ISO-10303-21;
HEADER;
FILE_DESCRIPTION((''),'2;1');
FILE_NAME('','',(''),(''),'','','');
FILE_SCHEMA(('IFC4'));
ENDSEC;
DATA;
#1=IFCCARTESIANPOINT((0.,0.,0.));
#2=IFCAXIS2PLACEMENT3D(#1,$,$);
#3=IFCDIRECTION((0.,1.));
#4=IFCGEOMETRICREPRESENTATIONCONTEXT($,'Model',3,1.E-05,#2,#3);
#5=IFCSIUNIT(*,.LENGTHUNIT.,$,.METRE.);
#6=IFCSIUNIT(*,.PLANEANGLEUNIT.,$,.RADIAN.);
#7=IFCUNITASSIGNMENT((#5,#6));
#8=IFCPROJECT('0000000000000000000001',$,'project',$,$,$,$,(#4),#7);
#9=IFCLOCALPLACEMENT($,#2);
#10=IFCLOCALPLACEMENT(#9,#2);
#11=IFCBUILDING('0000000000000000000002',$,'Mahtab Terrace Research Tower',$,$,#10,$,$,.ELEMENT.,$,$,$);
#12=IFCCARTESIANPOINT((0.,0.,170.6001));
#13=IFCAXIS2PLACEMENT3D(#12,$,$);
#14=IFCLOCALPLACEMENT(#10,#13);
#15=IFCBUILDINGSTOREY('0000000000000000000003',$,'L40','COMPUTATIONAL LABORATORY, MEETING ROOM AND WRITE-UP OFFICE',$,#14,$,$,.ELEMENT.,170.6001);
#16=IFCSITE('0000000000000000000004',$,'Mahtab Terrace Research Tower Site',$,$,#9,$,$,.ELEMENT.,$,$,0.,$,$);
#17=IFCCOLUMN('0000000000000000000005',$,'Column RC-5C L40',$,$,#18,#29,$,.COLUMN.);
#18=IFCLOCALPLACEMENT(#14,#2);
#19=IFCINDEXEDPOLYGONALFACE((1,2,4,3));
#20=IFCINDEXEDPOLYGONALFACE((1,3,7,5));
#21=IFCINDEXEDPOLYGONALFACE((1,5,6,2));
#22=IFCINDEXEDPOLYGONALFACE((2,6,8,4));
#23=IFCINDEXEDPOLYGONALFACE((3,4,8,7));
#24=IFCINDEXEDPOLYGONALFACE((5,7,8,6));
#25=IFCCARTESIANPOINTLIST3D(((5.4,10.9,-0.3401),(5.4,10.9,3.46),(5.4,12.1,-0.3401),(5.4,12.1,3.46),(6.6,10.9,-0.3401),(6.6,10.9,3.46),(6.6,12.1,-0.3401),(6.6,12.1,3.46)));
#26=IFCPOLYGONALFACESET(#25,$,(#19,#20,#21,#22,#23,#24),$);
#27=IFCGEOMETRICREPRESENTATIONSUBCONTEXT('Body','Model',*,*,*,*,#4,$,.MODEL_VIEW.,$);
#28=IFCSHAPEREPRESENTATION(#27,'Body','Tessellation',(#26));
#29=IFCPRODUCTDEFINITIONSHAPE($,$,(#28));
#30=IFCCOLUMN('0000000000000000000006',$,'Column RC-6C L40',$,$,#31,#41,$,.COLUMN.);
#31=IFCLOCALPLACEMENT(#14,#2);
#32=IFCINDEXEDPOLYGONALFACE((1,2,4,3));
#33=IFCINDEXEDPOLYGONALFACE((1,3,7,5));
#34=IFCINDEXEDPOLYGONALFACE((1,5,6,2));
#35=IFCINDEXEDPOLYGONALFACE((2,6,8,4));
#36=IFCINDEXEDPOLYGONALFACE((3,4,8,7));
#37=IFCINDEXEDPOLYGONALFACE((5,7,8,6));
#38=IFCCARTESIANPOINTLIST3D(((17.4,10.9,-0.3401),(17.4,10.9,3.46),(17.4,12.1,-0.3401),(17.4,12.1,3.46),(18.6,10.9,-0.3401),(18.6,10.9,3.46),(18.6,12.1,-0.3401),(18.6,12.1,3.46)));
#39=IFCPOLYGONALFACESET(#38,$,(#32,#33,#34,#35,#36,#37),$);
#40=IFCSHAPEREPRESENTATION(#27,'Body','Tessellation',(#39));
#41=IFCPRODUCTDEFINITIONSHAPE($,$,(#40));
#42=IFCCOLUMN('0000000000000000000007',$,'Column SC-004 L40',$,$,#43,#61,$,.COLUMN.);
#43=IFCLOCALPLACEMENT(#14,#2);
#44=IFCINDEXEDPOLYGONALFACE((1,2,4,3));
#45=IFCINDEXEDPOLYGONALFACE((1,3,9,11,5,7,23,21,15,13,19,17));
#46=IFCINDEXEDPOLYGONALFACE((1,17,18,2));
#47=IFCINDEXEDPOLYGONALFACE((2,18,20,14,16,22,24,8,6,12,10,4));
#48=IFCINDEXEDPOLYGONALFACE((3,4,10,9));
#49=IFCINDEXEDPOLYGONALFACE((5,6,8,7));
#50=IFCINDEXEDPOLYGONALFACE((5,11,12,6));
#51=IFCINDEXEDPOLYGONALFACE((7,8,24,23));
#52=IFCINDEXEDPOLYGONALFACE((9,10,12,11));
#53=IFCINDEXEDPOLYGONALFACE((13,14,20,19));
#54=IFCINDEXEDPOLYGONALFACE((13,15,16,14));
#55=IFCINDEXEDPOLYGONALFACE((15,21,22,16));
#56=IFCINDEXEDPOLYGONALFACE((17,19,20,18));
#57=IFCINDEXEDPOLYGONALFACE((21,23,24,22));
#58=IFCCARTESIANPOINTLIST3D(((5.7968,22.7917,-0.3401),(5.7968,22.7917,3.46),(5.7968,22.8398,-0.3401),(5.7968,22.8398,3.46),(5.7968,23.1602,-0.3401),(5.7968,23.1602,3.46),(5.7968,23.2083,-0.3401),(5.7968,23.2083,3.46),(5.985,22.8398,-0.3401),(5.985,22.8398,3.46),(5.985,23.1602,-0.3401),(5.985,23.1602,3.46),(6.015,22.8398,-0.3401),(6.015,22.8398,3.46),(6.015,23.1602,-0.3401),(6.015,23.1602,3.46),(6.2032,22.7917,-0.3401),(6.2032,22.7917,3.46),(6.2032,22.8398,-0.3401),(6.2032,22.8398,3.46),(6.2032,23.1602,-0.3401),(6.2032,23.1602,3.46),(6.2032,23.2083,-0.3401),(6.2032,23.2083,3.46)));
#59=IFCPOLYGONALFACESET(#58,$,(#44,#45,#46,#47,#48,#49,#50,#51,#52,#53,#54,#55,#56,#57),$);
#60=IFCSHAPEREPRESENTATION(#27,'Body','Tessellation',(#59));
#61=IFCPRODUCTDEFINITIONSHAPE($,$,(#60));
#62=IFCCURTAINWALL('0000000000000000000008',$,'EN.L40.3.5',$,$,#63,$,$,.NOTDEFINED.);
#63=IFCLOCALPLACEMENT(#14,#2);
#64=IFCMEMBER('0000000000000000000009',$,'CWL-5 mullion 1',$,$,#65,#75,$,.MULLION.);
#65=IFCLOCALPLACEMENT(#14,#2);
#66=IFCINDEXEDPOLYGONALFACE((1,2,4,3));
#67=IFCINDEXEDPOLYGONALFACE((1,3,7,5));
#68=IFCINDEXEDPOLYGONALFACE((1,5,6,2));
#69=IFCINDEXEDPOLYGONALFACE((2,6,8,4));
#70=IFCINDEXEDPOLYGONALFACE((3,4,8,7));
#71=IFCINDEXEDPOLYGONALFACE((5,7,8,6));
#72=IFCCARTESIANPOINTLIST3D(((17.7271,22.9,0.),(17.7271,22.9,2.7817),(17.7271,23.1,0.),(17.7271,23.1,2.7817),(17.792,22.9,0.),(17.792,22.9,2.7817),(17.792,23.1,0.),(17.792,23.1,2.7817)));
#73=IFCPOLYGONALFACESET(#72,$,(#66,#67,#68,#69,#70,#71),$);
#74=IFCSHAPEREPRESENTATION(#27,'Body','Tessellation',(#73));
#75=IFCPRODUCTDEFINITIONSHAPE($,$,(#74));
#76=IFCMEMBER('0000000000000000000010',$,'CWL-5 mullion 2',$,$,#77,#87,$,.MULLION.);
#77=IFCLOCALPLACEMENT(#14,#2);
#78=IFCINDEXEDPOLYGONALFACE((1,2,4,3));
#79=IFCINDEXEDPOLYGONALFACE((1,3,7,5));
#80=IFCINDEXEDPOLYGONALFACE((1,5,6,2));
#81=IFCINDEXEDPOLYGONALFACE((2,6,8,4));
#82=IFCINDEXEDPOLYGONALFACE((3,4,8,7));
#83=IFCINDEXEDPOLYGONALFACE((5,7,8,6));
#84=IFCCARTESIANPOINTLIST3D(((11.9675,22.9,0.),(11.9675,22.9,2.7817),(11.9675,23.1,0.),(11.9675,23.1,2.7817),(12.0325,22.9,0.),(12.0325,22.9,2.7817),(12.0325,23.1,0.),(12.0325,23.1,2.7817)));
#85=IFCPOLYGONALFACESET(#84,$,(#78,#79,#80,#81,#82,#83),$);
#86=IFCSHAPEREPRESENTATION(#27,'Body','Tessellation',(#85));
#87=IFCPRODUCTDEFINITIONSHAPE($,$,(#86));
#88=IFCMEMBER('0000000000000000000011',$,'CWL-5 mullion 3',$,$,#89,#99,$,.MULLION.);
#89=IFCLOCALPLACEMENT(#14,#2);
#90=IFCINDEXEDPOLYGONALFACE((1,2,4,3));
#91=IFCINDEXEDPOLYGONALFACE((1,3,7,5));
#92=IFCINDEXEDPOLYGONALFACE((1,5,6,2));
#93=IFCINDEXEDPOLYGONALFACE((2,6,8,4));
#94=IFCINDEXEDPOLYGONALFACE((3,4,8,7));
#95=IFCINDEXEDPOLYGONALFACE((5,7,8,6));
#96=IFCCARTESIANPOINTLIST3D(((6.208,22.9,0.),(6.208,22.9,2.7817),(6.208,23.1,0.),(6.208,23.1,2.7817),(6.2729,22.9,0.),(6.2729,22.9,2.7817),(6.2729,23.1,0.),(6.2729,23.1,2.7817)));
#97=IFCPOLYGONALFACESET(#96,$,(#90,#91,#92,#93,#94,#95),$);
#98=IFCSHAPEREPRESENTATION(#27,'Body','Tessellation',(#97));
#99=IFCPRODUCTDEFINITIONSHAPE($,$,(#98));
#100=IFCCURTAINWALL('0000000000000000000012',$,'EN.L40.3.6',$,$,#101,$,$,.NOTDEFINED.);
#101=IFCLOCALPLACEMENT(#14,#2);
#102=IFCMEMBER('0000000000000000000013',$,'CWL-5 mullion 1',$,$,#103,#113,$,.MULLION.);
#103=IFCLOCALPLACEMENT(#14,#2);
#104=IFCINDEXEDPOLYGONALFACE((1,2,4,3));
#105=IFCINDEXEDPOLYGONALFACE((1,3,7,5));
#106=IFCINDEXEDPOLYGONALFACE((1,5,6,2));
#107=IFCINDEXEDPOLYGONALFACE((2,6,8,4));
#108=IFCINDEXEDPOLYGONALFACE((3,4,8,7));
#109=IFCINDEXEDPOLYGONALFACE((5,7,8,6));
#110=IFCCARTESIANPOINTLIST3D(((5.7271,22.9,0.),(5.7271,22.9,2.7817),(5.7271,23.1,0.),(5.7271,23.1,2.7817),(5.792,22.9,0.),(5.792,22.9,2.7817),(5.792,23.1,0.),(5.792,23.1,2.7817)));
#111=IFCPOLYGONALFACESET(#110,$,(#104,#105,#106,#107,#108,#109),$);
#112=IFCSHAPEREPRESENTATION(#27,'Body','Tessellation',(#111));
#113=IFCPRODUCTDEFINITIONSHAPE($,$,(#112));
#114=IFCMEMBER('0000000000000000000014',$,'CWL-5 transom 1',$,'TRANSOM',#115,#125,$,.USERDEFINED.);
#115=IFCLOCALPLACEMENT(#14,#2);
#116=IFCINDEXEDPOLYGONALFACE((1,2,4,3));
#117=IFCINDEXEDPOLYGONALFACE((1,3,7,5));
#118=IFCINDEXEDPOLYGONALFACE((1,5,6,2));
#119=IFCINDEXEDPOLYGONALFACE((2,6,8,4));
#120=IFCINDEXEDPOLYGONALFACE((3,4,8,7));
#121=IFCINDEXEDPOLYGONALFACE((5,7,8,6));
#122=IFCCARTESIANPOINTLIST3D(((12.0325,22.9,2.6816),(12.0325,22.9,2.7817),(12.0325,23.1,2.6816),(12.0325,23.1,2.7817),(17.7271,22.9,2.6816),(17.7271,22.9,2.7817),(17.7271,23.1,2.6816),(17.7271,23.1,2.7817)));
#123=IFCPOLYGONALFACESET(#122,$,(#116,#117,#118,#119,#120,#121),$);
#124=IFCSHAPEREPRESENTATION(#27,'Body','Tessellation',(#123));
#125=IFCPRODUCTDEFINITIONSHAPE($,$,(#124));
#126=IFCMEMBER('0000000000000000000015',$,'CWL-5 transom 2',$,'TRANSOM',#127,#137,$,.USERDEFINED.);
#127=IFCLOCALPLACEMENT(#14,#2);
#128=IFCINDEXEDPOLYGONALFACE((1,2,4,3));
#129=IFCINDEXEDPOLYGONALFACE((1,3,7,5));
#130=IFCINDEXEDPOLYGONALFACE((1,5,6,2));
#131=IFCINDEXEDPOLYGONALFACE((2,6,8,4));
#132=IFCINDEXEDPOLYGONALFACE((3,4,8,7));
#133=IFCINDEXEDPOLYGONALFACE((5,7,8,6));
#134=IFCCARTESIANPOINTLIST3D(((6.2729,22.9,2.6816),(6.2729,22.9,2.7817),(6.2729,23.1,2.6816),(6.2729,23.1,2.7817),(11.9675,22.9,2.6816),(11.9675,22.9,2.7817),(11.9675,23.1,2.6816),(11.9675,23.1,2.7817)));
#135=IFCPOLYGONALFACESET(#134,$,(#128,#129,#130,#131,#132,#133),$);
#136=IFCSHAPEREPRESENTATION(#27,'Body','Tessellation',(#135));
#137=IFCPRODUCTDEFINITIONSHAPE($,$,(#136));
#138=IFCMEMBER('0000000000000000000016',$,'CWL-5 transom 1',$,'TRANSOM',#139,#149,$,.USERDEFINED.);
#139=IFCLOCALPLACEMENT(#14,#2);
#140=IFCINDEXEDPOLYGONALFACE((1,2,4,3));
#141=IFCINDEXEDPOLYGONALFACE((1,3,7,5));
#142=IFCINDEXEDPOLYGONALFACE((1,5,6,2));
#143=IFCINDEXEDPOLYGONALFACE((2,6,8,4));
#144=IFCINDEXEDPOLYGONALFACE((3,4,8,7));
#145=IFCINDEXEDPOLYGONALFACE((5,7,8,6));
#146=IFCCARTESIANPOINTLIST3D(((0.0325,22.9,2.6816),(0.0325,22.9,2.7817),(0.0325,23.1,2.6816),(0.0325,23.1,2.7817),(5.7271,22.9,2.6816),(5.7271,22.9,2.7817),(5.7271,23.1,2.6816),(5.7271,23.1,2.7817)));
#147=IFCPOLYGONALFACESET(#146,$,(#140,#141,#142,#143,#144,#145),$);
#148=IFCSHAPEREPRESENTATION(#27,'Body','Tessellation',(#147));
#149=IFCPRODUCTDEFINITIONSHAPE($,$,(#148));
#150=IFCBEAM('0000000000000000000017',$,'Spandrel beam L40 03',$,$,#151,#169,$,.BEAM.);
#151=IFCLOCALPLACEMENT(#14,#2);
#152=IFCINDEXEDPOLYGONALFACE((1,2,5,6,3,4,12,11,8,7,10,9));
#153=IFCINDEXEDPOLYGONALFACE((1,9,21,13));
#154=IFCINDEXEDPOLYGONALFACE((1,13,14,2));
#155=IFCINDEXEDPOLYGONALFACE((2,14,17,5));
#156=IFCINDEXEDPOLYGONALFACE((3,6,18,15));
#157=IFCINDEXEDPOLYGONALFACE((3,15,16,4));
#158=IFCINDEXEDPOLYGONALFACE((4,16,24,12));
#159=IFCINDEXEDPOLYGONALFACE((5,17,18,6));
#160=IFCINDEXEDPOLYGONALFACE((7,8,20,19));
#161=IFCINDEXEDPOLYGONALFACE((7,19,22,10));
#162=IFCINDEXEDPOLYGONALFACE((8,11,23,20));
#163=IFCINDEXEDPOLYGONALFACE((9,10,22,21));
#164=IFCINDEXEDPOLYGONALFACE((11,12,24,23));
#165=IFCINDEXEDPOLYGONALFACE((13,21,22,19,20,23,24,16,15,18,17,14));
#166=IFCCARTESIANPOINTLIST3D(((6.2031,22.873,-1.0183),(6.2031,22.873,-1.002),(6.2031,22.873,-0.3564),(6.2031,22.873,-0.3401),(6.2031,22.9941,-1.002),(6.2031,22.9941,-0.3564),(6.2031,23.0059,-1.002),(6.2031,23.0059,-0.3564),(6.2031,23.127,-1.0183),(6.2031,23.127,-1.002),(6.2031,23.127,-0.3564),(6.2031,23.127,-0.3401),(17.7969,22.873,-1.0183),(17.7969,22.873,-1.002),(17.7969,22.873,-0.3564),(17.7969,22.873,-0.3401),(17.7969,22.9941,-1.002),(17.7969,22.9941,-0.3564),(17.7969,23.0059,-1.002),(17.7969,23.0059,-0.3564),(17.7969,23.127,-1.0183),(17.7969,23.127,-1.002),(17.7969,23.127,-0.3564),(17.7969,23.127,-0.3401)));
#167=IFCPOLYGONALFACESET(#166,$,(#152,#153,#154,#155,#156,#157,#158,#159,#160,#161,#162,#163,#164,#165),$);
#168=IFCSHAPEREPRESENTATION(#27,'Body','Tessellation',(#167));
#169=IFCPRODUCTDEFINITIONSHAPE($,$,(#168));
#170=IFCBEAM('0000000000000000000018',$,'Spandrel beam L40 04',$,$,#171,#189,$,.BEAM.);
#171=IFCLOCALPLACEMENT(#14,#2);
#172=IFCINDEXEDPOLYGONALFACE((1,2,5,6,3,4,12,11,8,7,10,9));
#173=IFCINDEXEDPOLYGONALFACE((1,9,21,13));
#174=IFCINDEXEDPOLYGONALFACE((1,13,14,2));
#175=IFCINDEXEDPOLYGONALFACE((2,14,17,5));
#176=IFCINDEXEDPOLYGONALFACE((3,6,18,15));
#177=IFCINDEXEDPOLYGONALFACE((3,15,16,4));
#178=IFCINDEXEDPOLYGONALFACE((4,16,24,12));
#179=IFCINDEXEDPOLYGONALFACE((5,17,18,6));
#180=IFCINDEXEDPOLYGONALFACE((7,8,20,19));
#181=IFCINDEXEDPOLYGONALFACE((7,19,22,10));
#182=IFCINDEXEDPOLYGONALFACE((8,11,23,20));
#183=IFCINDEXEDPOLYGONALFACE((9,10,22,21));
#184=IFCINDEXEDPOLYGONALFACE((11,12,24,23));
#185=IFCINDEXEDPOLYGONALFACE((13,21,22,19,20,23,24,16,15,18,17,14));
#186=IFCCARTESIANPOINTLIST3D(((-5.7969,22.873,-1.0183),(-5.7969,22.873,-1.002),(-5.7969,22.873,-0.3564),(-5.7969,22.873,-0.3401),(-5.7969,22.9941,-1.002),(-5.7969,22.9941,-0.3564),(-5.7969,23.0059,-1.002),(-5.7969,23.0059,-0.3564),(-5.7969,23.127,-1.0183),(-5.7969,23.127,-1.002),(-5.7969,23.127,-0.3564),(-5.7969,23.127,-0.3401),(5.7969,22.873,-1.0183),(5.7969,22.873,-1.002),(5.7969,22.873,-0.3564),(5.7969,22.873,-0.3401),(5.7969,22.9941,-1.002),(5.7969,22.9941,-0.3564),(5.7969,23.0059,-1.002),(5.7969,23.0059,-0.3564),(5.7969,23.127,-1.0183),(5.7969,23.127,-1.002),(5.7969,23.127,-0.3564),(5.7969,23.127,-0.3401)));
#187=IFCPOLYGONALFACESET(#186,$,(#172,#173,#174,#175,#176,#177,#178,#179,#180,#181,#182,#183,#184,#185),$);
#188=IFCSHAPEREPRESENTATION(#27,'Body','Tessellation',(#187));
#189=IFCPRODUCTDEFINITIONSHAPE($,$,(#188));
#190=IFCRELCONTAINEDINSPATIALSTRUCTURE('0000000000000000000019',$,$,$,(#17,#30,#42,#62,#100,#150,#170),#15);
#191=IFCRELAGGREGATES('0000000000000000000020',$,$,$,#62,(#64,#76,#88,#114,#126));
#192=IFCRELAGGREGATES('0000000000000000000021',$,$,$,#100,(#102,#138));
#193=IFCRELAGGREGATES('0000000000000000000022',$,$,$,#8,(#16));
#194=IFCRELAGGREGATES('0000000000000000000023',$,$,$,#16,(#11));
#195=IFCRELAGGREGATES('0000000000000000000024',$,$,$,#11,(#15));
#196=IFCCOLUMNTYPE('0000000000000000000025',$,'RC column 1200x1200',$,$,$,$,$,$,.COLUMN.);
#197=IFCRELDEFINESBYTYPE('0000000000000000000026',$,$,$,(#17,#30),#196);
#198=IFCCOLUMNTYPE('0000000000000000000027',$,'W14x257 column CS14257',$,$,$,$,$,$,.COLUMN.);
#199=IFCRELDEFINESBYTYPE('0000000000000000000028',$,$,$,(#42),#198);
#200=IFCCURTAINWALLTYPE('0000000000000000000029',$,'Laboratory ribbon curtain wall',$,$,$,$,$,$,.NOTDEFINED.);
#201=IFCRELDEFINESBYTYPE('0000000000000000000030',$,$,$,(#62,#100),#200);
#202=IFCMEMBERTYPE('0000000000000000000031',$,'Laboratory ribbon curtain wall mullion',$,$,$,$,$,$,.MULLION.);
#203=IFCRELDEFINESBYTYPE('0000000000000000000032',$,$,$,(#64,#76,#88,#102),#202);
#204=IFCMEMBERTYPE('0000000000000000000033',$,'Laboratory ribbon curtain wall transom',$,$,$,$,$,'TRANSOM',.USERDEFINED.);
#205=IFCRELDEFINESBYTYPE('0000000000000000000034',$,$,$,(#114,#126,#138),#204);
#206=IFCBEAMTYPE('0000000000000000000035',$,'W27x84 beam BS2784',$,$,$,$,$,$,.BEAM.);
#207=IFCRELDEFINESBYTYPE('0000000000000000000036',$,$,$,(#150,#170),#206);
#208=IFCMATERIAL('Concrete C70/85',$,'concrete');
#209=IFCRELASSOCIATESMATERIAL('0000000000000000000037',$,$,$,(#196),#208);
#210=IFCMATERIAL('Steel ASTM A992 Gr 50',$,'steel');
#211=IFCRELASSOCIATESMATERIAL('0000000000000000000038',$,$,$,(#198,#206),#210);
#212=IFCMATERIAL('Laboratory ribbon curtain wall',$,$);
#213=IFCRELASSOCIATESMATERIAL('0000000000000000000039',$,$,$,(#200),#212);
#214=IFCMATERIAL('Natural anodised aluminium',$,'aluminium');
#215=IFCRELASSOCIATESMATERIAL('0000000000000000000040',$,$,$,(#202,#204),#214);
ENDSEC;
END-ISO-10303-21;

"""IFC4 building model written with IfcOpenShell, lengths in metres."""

from ifc_helpers import new_model, si_unit, direction, frame, origin, origin_2d, place, context, subcontext, project, spatial, rectangle, i_section, extrude, material, material_profile, profile_set, type_object, element, aggregate, save


model = new_model("IFC4")

# Units and contexts
model_context = context("Model", 3, precision=1e-05, world=origin(), true_north=direction((0.0, 1.0)))
body_context = subcontext(model_context, "Body", "Model", "MODEL_VIEW")
ifc_project = project(units=[si_unit("LENGTHUNIT", "METRE"), si_unit("PLANEANGLEUNIT", "RADIAN")], contexts=[model_context])

# Site, building, storey
site_placement = place(None, origin())
site = spatial("IfcSite", under=ifc_project, at=site_placement, Name="Mahtab Terrace Research Tower Site", CompositionType="ELEMENT", RefElevation=0.0)
building_placement = place(site_placement, origin())
building = spatial("IfcBuilding", under=site, at=building_placement, Name="Mahtab Terrace Research Tower", CompositionType="ELEMENT")
storey_placement = place(building_placement, frame((0.0, 0.0, 170.6001)))
storey = spatial("IfcBuildingStorey", under=building, at=storey_placement, Name="L40", Description="COMPUTATIONAL LABORATORY, MEETING ROOM AND WRITE-UP OFFICE", CompositionType="ELEMENT", Elevation=170.6001)

# Columns
ifc_material_1 = material(Name="Concrete C70/85", Category="concrete")
ifc_material_profile_1 = material_profile(ifc_material_1, rectangle(XDim=1.2, YDim=1.2, at=origin_2d()), Name="RC column 1200x1200")
ifc_profile_set_1 = profile_set([ifc_material_profile_1], Name="Concrete C70/85")
column_type_1 = type_object("IfcColumnType", Name="RC column 1200x1200", PredefinedType="COLUMN", material=ifc_profile_set_1)
for number, where, z_axis, x_axis, name in (
    (1, (6.0, 11.5, -0.3401), (0.0, 0.0, 1.0), (1.0, 0.0, 0.0), "Column RC-5C L40"),
    (2, (18.0, 11.5, -0.3401), (0.0, 0.0, 1.0), (1.0, 0.0, 0.0), "Column RC-6C L40"),
):
    element("IfcColumn", number, at=place(storey_placement, frame(where, z_axis=z_axis, x_axis=x_axis)), inside=storey, type_object=column_type_1, Name=name, PredefinedType="COLUMN", context=body_context, shape_type="SweptSolid", body=[
        extrude(rectangle(XDim=1.2, YDim=1.2, at=origin_2d()), origin(), (0.0, 0.0, 1.0), 3.8),
    ])
ifc_material_2 = material(Name="Steel ASTM A992 Gr 50", Category="steel")
ifc_material_profile_2 = material_profile(ifc_material_2, i_section(OverallWidth=0.4065, OverallDepth=0.4165, WebThickness=0.03, FlangeThickness=0.0481, at=origin_2d()), Name="W14X257")
ifc_profile_set_2 = profile_set([ifc_material_profile_2], Name="Steel ASTM A992 Gr 50")
column_type_2 = type_object("IfcColumnType", Name="W14x257 column CS14257", PredefinedType="COLUMN", material=ifc_profile_set_2)
column_placement = place(storey_placement, frame((6.0, 23.0, -0.3401), z_axis=(0.0, 0.0, 1.0), x_axis=(1.0, 0.0, 0.0)))
element("IfcColumn", 3, at=column_placement, inside=storey, type_object=column_type_2, Name="Column SC-004 L40", PredefinedType="COLUMN", context=body_context, shape_type="SweptSolid", body=[
    extrude(i_section(OverallWidth=0.4065, OverallDepth=0.4165, WebThickness=0.03, FlangeThickness=0.0481, at=origin_2d()), origin(), (0.0, 0.0, 1.0), 3.8),
])

# Curtain wall, members
ifc_material_3 = material(Name="Laboratory ribbon curtain wall")
curtain_wall_type = type_object("IfcCurtainWallType", Name="Laboratory ribbon curtain wall", PredefinedType="NOTDEFINED", material=ifc_material_3)
curtain_wall_1_placement = place(storey_placement, origin())
curtain_wall_1 = element("IfcCurtainWall", 4, at=curtain_wall_1_placement, inside=storey, type_object=curtain_wall_type, Name="EN.L40.3.5", PredefinedType="NOTDEFINED")
ifc_material_4 = material(Name="Natural anodised aluminium", Category="aluminium")
ifc_material_profile_3 = material_profile(ifc_material_4, rectangle(XDim=0.2, YDim=0.0649, at=origin_2d()), Name="MULLION 65x200")
ifc_profile_set_3 = profile_set([ifc_material_profile_3], Name="Natural anodised aluminium")
member_type_1 = type_object("IfcMemberType", Name="Laboratory ribbon curtain wall mullion", PredefinedType="MULLION", material=ifc_profile_set_3)
member_1_placement = place(storey_placement, frame((17.7595, 23.0, 0.0), z_axis=(0.0, 0.0, 1.0), x_axis=(0.0, -1.0, 0.0)))
member_1 = element("IfcMember", 5, at=member_1_placement, type_object=member_type_1, Name="CWL-5 mullion 1", PredefinedType="MULLION", context=body_context, shape_type="SweptSolid", body=[
    extrude(rectangle(XDim=0.2, YDim=0.0649, at=origin_2d()), origin(), (0.0, 0.0, 1.0), 2.7817),
])
member_2_placement = place(storey_placement, frame((12.0, 23.0, 0.0), z_axis=(0.0, 0.0, 1.0), x_axis=(0.0, -1.0, 0.0)))
member_2 = element("IfcMember", 6, at=member_2_placement, type_object=member_type_1, Name="CWL-5 mullion 2", PredefinedType="MULLION", context=body_context, shape_type="SweptSolid", body=[
    extrude(rectangle(XDim=0.2, YDim=0.0649, at=origin_2d()), origin(), (0.0, 0.0, 1.0), 2.7817),
])
member_3_placement = place(storey_placement, frame((6.2405, 23.0, 0.0), z_axis=(0.0, 0.0, 1.0), x_axis=(0.0, -1.0, 0.0)))
member_3 = element("IfcMember", 7, at=member_3_placement, type_object=member_type_1, Name="CWL-5 mullion 3", PredefinedType="MULLION", context=body_context, shape_type="SweptSolid", body=[
    extrude(rectangle(XDim=0.2, YDim=0.0649, at=origin_2d()), origin(), (0.0, 0.0, 1.0), 2.7817),
])

# Curtain wall, member
curtain_wall_2_placement = place(storey_placement, origin())
curtain_wall_2 = element("IfcCurtainWall", 8, at=curtain_wall_2_placement, inside=storey, type_object=curtain_wall_type, Name="EN.L40.3.6", PredefinedType="NOTDEFINED")
member_4_placement = place(storey_placement, frame((5.7595, 23.0, 0.0), z_axis=(0.0, 0.0, 1.0), x_axis=(0.0, -1.0, 0.0)))
member_4 = element("IfcMember", 9, at=member_4_placement, type_object=member_type_1, Name="CWL-5 mullion 1", PredefinedType="MULLION", context=body_context, shape_type="SweptSolid", body=[
    extrude(rectangle(XDim=0.2, YDim=0.0649, at=origin_2d()), origin(), (0.0, 0.0, 1.0), 2.7817),
])

# Members
ifc_material_profile_4 = material_profile(ifc_material_4, rectangle(XDim=0.2, YDim=0.1001, at=origin_2d()), Name="TRANSOM 100x200")
ifc_profile_set_4 = profile_set([ifc_material_profile_4], Name="Natural anodised aluminium")
member_type_2 = type_object("IfcMemberType", Name="Laboratory ribbon curtain wall transom", ElementType="TRANSOM", PredefinedType="USERDEFINED", material=ifc_profile_set_4)
member_5_placement = place(storey_placement, frame((17.7271, 23.0, 2.7317), z_axis=(-1.0, 0.0, 0.0), x_axis=(0.0, -1.0, 0.0)))
member_5 = element("IfcMember", 10, at=member_5_placement, type_object=member_type_2, Name="CWL-5 transom 1", ObjectType="TRANSOM", PredefinedType="USERDEFINED", context=body_context, shape_type="SweptSolid", body=[
    extrude(rectangle(XDim=0.2, YDim=0.1001, at=origin_2d()), origin(), (0.0, 0.0, 1.0), 5.6946),
])
member_6_placement = place(storey_placement, frame((11.9675, 23.0, 2.7317), z_axis=(-1.0, 0.0, 0.0), x_axis=(0.0, -1.0, 0.0)))
member_6 = element("IfcMember", 11, at=member_6_placement, type_object=member_type_2, Name="CWL-5 transom 2", ObjectType="TRANSOM", PredefinedType="USERDEFINED", context=body_context, shape_type="SweptSolid", body=[
    extrude(rectangle(XDim=0.2, YDim=0.1001, at=origin_2d()), origin(), (0.0, 0.0, 1.0), 5.6946),
])
member_7_placement = place(storey_placement, frame((5.7271, 23.0, 2.7317), z_axis=(-1.0, 0.0, 0.0), x_axis=(0.0, -1.0, 0.0)))
member_7 = element("IfcMember", 12, at=member_7_placement, type_object=member_type_2, Name="CWL-5 transom 1", ObjectType="TRANSOM", PredefinedType="USERDEFINED", context=body_context, shape_type="SweptSolid", body=[
    extrude(rectangle(XDim=0.2, YDim=0.1001, at=origin_2d()), origin(), (0.0, 0.0, 1.0), 5.6946),
])

# Beams
ifc_material_profile_5 = material_profile(ifc_material_2, i_section(OverallWidth=0.2539, OverallDepth=0.6782, WebThickness=0.0117, FlangeThickness=0.0164, at=origin_2d()), Name="W27X84")
ifc_profile_set_5 = profile_set([ifc_material_profile_5], Name="Steel ASTM A992 Gr 50")
beam_type = type_object("IfcBeamType", Name="W27x84 beam BS2784", PredefinedType="BEAM", material=ifc_profile_set_5)
for number, where, z_axis, x_axis, name in (
    (13, (17.7969, 23.0, -0.6792), (-1.0, 0.0, 0.0), (0.0, -1.0, 0.0), "Spandrel beam L40 03"),
    (14, (5.7969, 23.0, -0.6792), (-1.0, 0.0, 0.0), (0.0, -1.0, 0.0), "Spandrel beam L40 04"),
):
    element("IfcBeam", number, at=place(storey_placement, frame(where, z_axis=z_axis, x_axis=x_axis)), inside=storey, type_object=beam_type, Name=name, PredefinedType="BEAM", context=body_context, shape_type="SweptSolid", body=[
        extrude(i_section(OverallWidth=0.2539, OverallDepth=0.6782, WebThickness=0.0117, FlangeThickness=0.0164, at=origin_2d()), origin(), (0.0, 0.0, 1.0), 11.5938),
    ])

aggregate(curtain_wall_1, [member_1, member_2, member_3, member_5, member_6])
aggregate(curtain_wall_2, [member_4, member_7])

save(model, "model.ifc")
